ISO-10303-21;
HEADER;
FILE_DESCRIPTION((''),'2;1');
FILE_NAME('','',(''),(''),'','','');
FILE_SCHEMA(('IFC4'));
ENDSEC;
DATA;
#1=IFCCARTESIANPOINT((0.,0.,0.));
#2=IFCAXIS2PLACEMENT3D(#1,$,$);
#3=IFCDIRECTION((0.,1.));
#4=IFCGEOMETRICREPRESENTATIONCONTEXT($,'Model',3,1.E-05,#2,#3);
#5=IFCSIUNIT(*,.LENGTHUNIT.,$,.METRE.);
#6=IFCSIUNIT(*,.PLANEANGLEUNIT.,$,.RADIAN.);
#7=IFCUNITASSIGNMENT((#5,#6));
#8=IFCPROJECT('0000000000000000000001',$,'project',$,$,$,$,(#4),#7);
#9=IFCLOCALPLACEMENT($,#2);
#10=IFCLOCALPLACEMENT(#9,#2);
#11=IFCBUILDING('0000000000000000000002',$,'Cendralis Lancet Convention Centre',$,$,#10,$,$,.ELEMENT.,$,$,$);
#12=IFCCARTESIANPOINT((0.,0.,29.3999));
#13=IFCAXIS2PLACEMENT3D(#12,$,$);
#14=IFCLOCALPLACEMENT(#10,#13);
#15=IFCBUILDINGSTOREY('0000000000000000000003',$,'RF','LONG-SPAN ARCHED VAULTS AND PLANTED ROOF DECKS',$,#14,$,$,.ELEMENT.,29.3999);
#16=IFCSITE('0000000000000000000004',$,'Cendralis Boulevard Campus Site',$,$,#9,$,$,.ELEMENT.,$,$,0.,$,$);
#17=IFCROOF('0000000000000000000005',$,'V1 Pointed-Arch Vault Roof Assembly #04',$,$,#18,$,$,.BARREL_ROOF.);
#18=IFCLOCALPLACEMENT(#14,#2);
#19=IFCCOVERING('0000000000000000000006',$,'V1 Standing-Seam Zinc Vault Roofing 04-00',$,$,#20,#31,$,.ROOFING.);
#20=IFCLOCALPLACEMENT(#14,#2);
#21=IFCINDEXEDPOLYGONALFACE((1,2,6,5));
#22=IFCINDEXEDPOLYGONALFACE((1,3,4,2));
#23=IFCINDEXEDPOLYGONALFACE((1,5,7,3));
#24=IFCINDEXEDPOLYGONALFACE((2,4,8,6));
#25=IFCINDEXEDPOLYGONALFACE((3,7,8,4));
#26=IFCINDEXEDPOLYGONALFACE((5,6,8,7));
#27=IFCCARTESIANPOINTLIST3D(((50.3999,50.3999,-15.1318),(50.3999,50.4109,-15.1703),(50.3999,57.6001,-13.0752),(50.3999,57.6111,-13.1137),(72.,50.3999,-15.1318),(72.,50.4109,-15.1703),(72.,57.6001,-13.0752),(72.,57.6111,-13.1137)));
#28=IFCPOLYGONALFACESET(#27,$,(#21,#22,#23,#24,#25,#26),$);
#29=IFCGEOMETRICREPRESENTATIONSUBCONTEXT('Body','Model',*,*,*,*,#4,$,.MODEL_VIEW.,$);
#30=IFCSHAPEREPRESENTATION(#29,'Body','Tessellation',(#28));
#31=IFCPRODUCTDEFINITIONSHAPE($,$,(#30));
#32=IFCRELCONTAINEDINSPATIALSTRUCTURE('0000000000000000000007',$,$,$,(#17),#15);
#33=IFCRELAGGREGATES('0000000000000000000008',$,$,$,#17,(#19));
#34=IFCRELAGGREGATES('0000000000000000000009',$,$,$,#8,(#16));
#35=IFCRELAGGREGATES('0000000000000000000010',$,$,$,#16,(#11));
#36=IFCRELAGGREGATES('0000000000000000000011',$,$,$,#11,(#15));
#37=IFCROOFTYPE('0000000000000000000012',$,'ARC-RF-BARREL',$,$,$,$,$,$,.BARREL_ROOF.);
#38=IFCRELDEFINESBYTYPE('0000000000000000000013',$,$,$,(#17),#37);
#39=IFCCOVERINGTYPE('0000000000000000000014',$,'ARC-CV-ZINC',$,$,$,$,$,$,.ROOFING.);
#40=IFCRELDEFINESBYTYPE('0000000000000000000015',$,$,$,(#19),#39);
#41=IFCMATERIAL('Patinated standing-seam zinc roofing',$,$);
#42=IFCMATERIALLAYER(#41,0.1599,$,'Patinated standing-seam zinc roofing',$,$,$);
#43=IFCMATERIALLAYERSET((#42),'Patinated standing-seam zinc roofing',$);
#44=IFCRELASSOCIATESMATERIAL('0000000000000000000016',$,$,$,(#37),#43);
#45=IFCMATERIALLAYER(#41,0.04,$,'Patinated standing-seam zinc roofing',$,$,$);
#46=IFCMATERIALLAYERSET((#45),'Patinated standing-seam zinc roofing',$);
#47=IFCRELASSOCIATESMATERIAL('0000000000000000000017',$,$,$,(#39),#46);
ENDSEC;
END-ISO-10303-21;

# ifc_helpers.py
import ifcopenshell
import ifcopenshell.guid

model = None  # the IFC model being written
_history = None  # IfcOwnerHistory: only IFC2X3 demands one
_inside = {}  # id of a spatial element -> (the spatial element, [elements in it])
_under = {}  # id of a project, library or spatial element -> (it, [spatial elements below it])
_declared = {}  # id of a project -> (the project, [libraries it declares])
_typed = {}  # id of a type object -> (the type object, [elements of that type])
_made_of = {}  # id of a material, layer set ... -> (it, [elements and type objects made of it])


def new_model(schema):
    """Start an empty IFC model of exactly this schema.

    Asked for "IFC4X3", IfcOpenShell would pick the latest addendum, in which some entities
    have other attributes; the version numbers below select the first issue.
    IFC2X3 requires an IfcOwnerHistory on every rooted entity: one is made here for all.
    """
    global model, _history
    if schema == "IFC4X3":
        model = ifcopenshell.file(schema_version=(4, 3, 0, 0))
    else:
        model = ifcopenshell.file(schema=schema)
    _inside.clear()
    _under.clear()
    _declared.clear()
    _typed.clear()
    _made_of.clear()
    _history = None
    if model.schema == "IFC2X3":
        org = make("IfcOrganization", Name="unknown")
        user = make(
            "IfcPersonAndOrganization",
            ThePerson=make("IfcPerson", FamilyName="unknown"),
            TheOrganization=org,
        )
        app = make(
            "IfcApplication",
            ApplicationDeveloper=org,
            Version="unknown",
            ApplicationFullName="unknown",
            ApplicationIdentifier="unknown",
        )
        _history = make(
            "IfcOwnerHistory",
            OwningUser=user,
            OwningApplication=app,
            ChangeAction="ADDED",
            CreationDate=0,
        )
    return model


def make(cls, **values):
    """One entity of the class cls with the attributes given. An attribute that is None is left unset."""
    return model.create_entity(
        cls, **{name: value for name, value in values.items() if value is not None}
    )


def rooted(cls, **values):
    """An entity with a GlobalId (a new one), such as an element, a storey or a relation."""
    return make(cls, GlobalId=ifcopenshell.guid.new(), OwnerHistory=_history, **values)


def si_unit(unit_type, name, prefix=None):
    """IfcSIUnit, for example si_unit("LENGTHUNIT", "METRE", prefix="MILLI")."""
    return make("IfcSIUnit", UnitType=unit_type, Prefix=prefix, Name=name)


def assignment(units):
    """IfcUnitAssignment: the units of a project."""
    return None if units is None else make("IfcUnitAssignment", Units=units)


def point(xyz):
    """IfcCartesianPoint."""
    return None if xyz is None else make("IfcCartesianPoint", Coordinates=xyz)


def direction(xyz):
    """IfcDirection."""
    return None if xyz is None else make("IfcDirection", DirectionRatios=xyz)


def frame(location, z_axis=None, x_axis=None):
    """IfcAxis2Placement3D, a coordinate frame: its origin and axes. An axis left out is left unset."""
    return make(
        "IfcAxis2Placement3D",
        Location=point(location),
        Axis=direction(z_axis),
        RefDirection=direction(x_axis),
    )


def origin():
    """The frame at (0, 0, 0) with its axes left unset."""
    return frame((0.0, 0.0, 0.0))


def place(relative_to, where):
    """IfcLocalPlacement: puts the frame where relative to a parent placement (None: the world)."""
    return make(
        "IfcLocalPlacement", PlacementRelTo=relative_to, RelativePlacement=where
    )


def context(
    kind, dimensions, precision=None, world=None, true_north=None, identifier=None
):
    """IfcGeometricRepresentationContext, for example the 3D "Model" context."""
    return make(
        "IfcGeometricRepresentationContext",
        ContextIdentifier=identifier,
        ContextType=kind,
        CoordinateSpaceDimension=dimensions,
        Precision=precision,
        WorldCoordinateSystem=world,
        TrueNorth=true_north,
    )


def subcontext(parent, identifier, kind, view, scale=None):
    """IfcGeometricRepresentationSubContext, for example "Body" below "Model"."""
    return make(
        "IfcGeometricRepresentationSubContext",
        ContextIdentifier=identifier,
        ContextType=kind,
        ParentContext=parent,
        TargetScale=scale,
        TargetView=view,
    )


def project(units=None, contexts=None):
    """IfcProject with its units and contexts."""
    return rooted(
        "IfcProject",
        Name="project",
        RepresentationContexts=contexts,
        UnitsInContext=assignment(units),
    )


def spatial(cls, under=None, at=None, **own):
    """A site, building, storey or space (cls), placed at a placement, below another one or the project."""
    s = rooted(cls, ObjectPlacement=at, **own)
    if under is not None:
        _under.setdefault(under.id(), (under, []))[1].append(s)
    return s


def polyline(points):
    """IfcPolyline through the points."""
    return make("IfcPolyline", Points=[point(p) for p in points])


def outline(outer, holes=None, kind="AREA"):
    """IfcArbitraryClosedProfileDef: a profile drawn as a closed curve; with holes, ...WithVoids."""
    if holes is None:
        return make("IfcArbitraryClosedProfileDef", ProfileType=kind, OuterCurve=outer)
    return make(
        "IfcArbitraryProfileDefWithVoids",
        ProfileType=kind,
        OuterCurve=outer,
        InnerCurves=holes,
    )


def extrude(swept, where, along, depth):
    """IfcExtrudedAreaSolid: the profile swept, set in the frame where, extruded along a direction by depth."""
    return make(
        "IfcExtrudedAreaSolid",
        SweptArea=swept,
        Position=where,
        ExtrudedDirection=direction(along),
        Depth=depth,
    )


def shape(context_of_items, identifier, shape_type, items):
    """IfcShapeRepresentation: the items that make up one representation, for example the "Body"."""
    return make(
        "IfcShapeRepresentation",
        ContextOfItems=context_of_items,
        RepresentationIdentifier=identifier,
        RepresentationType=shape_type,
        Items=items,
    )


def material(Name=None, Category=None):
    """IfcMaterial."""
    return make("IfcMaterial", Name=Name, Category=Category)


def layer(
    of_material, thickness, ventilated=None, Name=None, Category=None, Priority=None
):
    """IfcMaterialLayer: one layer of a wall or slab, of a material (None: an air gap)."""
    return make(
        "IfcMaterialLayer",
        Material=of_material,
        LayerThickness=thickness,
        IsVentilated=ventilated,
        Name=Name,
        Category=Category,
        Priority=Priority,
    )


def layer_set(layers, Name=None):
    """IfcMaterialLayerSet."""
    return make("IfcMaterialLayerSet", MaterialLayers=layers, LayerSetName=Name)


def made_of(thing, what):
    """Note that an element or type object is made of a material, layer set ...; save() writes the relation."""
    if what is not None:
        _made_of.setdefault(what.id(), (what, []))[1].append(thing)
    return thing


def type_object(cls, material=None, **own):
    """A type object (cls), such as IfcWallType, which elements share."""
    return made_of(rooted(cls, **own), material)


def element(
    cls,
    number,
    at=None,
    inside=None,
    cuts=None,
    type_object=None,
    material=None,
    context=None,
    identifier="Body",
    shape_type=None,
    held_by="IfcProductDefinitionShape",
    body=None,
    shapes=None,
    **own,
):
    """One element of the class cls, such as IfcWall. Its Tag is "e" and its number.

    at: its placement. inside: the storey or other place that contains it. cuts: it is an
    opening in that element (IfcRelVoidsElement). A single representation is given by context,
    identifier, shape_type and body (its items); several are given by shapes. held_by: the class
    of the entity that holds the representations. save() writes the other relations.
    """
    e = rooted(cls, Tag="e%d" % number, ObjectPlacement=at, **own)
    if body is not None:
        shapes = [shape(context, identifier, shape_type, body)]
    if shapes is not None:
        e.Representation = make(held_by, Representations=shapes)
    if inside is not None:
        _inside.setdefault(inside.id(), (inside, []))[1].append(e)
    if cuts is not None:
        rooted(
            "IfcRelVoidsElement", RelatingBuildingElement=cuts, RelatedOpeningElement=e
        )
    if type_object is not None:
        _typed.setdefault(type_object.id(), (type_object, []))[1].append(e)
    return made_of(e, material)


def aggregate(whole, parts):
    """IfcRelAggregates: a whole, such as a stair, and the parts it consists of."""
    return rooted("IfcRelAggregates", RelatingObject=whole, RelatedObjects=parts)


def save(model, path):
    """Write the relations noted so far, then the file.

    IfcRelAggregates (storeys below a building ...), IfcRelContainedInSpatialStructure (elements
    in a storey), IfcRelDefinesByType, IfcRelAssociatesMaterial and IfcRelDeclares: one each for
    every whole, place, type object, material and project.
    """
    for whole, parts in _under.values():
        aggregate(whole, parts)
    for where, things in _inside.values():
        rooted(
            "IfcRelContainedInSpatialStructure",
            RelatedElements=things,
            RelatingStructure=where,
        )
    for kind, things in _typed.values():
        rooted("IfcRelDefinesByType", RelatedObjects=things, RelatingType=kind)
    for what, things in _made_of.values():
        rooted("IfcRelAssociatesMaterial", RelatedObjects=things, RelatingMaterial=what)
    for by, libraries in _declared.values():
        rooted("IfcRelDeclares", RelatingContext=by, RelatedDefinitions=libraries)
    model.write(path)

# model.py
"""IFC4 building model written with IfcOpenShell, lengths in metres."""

from ifc_helpers import new_model, si_unit, direction, frame, origin, place, context, subcontext, project, spatial, polyline, outline, extrude, material, layer, layer_set, type_object, element, aggregate, save


model = new_model("IFC4")

# Units and contexts
model_context = context("Model", 3, precision=1e-05, world=origin(), true_north=direction((0.0, 1.0)))
body_context = subcontext(model_context, "Body", "Model", "MODEL_VIEW")
ifc_project = project(units=[si_unit("LENGTHUNIT", "METRE"), si_unit("PLANEANGLEUNIT", "RADIAN")], contexts=[model_context])

# Site, building, storey
site_placement = place(None, origin())
site = spatial("IfcSite", under=ifc_project, at=site_placement, Name="Cendralis Boulevard Campus Site", CompositionType="ELEMENT", RefElevation=0.0)
building_placement = place(site_placement, origin())
building = spatial("IfcBuilding", under=site, at=building_placement, Name="Cendralis Lancet Convention Centre", CompositionType="ELEMENT")
storey_placement = place(building_placement, frame((0.0, 0.0, 29.3999)))
storey = spatial("IfcBuildingStorey", under=building, at=storey_placement, Name="RF", Description="LONG-SPAN ARCHED VAULTS AND PLANTED ROOF DECKS", CompositionType="ELEMENT", Elevation=29.3999)

# Shared definitions
ifc_material_1 = material(Name="Patinated standing-seam zinc roofing")
ifc_layer_1 = layer(ifc_material_1, 0.1599, Name="Patinated standing-seam zinc roofing")
ifc_layer_set_1 = layer_set([ifc_layer_1], Name="Patinated standing-seam zinc roofing")
roof_type = type_object("IfcRoofType", Name="ARC-RF-BARREL", PredefinedType="BARREL_ROOF", material=ifc_layer_set_1)
ifc_layer_2 = layer(ifc_material_1, 0.04, Name="Patinated standing-seam zinc roofing")
ifc_layer_set_2 = layer_set([ifc_layer_2], Name="Patinated standing-seam zinc roofing")
covering_type_1 = type_object("IfcCoveringType", Name="ARC-CV-ZINC", PredefinedType="ROOFING", material=ifc_layer_set_2)

# Roof, covering
roof_1_placement = place(storey_placement, origin())
roof_1 = element("IfcRoof", 1, at=roof_1_placement, inside=storey, type_object=roof_type, Name="V1 Pointed-Arch Vault Roof Assembly #04", PredefinedType="BARREL_ROOF")
covering_1_placement = place(storey_placement, frame((50.3999, 50.3999, -15.1318), z_axis=(0.0, -0.274652, 0.961544), x_axis=(1.0, 0.0, 0.0)))
covering_1 = element("IfcCovering", 2, at=covering_1_placement, type_object=covering_type_1, Name="V1 Standing-Seam Zinc Vault Roofing 04-00", PredefinedType="ROOFING", context=body_context, shape_type="SweptSolid", body=[
    extrude(outline(polyline([(0.0, 0.0), (21.6001, 0.0), (21.6001, 7.4882), (0.0, 7.4882), (0.0, 0.0)])), origin(), (0.0, 0.0, -1.0), 0.04),
])
aggregate(roof_1, [covering_1])

save(model, "model.ifc")
